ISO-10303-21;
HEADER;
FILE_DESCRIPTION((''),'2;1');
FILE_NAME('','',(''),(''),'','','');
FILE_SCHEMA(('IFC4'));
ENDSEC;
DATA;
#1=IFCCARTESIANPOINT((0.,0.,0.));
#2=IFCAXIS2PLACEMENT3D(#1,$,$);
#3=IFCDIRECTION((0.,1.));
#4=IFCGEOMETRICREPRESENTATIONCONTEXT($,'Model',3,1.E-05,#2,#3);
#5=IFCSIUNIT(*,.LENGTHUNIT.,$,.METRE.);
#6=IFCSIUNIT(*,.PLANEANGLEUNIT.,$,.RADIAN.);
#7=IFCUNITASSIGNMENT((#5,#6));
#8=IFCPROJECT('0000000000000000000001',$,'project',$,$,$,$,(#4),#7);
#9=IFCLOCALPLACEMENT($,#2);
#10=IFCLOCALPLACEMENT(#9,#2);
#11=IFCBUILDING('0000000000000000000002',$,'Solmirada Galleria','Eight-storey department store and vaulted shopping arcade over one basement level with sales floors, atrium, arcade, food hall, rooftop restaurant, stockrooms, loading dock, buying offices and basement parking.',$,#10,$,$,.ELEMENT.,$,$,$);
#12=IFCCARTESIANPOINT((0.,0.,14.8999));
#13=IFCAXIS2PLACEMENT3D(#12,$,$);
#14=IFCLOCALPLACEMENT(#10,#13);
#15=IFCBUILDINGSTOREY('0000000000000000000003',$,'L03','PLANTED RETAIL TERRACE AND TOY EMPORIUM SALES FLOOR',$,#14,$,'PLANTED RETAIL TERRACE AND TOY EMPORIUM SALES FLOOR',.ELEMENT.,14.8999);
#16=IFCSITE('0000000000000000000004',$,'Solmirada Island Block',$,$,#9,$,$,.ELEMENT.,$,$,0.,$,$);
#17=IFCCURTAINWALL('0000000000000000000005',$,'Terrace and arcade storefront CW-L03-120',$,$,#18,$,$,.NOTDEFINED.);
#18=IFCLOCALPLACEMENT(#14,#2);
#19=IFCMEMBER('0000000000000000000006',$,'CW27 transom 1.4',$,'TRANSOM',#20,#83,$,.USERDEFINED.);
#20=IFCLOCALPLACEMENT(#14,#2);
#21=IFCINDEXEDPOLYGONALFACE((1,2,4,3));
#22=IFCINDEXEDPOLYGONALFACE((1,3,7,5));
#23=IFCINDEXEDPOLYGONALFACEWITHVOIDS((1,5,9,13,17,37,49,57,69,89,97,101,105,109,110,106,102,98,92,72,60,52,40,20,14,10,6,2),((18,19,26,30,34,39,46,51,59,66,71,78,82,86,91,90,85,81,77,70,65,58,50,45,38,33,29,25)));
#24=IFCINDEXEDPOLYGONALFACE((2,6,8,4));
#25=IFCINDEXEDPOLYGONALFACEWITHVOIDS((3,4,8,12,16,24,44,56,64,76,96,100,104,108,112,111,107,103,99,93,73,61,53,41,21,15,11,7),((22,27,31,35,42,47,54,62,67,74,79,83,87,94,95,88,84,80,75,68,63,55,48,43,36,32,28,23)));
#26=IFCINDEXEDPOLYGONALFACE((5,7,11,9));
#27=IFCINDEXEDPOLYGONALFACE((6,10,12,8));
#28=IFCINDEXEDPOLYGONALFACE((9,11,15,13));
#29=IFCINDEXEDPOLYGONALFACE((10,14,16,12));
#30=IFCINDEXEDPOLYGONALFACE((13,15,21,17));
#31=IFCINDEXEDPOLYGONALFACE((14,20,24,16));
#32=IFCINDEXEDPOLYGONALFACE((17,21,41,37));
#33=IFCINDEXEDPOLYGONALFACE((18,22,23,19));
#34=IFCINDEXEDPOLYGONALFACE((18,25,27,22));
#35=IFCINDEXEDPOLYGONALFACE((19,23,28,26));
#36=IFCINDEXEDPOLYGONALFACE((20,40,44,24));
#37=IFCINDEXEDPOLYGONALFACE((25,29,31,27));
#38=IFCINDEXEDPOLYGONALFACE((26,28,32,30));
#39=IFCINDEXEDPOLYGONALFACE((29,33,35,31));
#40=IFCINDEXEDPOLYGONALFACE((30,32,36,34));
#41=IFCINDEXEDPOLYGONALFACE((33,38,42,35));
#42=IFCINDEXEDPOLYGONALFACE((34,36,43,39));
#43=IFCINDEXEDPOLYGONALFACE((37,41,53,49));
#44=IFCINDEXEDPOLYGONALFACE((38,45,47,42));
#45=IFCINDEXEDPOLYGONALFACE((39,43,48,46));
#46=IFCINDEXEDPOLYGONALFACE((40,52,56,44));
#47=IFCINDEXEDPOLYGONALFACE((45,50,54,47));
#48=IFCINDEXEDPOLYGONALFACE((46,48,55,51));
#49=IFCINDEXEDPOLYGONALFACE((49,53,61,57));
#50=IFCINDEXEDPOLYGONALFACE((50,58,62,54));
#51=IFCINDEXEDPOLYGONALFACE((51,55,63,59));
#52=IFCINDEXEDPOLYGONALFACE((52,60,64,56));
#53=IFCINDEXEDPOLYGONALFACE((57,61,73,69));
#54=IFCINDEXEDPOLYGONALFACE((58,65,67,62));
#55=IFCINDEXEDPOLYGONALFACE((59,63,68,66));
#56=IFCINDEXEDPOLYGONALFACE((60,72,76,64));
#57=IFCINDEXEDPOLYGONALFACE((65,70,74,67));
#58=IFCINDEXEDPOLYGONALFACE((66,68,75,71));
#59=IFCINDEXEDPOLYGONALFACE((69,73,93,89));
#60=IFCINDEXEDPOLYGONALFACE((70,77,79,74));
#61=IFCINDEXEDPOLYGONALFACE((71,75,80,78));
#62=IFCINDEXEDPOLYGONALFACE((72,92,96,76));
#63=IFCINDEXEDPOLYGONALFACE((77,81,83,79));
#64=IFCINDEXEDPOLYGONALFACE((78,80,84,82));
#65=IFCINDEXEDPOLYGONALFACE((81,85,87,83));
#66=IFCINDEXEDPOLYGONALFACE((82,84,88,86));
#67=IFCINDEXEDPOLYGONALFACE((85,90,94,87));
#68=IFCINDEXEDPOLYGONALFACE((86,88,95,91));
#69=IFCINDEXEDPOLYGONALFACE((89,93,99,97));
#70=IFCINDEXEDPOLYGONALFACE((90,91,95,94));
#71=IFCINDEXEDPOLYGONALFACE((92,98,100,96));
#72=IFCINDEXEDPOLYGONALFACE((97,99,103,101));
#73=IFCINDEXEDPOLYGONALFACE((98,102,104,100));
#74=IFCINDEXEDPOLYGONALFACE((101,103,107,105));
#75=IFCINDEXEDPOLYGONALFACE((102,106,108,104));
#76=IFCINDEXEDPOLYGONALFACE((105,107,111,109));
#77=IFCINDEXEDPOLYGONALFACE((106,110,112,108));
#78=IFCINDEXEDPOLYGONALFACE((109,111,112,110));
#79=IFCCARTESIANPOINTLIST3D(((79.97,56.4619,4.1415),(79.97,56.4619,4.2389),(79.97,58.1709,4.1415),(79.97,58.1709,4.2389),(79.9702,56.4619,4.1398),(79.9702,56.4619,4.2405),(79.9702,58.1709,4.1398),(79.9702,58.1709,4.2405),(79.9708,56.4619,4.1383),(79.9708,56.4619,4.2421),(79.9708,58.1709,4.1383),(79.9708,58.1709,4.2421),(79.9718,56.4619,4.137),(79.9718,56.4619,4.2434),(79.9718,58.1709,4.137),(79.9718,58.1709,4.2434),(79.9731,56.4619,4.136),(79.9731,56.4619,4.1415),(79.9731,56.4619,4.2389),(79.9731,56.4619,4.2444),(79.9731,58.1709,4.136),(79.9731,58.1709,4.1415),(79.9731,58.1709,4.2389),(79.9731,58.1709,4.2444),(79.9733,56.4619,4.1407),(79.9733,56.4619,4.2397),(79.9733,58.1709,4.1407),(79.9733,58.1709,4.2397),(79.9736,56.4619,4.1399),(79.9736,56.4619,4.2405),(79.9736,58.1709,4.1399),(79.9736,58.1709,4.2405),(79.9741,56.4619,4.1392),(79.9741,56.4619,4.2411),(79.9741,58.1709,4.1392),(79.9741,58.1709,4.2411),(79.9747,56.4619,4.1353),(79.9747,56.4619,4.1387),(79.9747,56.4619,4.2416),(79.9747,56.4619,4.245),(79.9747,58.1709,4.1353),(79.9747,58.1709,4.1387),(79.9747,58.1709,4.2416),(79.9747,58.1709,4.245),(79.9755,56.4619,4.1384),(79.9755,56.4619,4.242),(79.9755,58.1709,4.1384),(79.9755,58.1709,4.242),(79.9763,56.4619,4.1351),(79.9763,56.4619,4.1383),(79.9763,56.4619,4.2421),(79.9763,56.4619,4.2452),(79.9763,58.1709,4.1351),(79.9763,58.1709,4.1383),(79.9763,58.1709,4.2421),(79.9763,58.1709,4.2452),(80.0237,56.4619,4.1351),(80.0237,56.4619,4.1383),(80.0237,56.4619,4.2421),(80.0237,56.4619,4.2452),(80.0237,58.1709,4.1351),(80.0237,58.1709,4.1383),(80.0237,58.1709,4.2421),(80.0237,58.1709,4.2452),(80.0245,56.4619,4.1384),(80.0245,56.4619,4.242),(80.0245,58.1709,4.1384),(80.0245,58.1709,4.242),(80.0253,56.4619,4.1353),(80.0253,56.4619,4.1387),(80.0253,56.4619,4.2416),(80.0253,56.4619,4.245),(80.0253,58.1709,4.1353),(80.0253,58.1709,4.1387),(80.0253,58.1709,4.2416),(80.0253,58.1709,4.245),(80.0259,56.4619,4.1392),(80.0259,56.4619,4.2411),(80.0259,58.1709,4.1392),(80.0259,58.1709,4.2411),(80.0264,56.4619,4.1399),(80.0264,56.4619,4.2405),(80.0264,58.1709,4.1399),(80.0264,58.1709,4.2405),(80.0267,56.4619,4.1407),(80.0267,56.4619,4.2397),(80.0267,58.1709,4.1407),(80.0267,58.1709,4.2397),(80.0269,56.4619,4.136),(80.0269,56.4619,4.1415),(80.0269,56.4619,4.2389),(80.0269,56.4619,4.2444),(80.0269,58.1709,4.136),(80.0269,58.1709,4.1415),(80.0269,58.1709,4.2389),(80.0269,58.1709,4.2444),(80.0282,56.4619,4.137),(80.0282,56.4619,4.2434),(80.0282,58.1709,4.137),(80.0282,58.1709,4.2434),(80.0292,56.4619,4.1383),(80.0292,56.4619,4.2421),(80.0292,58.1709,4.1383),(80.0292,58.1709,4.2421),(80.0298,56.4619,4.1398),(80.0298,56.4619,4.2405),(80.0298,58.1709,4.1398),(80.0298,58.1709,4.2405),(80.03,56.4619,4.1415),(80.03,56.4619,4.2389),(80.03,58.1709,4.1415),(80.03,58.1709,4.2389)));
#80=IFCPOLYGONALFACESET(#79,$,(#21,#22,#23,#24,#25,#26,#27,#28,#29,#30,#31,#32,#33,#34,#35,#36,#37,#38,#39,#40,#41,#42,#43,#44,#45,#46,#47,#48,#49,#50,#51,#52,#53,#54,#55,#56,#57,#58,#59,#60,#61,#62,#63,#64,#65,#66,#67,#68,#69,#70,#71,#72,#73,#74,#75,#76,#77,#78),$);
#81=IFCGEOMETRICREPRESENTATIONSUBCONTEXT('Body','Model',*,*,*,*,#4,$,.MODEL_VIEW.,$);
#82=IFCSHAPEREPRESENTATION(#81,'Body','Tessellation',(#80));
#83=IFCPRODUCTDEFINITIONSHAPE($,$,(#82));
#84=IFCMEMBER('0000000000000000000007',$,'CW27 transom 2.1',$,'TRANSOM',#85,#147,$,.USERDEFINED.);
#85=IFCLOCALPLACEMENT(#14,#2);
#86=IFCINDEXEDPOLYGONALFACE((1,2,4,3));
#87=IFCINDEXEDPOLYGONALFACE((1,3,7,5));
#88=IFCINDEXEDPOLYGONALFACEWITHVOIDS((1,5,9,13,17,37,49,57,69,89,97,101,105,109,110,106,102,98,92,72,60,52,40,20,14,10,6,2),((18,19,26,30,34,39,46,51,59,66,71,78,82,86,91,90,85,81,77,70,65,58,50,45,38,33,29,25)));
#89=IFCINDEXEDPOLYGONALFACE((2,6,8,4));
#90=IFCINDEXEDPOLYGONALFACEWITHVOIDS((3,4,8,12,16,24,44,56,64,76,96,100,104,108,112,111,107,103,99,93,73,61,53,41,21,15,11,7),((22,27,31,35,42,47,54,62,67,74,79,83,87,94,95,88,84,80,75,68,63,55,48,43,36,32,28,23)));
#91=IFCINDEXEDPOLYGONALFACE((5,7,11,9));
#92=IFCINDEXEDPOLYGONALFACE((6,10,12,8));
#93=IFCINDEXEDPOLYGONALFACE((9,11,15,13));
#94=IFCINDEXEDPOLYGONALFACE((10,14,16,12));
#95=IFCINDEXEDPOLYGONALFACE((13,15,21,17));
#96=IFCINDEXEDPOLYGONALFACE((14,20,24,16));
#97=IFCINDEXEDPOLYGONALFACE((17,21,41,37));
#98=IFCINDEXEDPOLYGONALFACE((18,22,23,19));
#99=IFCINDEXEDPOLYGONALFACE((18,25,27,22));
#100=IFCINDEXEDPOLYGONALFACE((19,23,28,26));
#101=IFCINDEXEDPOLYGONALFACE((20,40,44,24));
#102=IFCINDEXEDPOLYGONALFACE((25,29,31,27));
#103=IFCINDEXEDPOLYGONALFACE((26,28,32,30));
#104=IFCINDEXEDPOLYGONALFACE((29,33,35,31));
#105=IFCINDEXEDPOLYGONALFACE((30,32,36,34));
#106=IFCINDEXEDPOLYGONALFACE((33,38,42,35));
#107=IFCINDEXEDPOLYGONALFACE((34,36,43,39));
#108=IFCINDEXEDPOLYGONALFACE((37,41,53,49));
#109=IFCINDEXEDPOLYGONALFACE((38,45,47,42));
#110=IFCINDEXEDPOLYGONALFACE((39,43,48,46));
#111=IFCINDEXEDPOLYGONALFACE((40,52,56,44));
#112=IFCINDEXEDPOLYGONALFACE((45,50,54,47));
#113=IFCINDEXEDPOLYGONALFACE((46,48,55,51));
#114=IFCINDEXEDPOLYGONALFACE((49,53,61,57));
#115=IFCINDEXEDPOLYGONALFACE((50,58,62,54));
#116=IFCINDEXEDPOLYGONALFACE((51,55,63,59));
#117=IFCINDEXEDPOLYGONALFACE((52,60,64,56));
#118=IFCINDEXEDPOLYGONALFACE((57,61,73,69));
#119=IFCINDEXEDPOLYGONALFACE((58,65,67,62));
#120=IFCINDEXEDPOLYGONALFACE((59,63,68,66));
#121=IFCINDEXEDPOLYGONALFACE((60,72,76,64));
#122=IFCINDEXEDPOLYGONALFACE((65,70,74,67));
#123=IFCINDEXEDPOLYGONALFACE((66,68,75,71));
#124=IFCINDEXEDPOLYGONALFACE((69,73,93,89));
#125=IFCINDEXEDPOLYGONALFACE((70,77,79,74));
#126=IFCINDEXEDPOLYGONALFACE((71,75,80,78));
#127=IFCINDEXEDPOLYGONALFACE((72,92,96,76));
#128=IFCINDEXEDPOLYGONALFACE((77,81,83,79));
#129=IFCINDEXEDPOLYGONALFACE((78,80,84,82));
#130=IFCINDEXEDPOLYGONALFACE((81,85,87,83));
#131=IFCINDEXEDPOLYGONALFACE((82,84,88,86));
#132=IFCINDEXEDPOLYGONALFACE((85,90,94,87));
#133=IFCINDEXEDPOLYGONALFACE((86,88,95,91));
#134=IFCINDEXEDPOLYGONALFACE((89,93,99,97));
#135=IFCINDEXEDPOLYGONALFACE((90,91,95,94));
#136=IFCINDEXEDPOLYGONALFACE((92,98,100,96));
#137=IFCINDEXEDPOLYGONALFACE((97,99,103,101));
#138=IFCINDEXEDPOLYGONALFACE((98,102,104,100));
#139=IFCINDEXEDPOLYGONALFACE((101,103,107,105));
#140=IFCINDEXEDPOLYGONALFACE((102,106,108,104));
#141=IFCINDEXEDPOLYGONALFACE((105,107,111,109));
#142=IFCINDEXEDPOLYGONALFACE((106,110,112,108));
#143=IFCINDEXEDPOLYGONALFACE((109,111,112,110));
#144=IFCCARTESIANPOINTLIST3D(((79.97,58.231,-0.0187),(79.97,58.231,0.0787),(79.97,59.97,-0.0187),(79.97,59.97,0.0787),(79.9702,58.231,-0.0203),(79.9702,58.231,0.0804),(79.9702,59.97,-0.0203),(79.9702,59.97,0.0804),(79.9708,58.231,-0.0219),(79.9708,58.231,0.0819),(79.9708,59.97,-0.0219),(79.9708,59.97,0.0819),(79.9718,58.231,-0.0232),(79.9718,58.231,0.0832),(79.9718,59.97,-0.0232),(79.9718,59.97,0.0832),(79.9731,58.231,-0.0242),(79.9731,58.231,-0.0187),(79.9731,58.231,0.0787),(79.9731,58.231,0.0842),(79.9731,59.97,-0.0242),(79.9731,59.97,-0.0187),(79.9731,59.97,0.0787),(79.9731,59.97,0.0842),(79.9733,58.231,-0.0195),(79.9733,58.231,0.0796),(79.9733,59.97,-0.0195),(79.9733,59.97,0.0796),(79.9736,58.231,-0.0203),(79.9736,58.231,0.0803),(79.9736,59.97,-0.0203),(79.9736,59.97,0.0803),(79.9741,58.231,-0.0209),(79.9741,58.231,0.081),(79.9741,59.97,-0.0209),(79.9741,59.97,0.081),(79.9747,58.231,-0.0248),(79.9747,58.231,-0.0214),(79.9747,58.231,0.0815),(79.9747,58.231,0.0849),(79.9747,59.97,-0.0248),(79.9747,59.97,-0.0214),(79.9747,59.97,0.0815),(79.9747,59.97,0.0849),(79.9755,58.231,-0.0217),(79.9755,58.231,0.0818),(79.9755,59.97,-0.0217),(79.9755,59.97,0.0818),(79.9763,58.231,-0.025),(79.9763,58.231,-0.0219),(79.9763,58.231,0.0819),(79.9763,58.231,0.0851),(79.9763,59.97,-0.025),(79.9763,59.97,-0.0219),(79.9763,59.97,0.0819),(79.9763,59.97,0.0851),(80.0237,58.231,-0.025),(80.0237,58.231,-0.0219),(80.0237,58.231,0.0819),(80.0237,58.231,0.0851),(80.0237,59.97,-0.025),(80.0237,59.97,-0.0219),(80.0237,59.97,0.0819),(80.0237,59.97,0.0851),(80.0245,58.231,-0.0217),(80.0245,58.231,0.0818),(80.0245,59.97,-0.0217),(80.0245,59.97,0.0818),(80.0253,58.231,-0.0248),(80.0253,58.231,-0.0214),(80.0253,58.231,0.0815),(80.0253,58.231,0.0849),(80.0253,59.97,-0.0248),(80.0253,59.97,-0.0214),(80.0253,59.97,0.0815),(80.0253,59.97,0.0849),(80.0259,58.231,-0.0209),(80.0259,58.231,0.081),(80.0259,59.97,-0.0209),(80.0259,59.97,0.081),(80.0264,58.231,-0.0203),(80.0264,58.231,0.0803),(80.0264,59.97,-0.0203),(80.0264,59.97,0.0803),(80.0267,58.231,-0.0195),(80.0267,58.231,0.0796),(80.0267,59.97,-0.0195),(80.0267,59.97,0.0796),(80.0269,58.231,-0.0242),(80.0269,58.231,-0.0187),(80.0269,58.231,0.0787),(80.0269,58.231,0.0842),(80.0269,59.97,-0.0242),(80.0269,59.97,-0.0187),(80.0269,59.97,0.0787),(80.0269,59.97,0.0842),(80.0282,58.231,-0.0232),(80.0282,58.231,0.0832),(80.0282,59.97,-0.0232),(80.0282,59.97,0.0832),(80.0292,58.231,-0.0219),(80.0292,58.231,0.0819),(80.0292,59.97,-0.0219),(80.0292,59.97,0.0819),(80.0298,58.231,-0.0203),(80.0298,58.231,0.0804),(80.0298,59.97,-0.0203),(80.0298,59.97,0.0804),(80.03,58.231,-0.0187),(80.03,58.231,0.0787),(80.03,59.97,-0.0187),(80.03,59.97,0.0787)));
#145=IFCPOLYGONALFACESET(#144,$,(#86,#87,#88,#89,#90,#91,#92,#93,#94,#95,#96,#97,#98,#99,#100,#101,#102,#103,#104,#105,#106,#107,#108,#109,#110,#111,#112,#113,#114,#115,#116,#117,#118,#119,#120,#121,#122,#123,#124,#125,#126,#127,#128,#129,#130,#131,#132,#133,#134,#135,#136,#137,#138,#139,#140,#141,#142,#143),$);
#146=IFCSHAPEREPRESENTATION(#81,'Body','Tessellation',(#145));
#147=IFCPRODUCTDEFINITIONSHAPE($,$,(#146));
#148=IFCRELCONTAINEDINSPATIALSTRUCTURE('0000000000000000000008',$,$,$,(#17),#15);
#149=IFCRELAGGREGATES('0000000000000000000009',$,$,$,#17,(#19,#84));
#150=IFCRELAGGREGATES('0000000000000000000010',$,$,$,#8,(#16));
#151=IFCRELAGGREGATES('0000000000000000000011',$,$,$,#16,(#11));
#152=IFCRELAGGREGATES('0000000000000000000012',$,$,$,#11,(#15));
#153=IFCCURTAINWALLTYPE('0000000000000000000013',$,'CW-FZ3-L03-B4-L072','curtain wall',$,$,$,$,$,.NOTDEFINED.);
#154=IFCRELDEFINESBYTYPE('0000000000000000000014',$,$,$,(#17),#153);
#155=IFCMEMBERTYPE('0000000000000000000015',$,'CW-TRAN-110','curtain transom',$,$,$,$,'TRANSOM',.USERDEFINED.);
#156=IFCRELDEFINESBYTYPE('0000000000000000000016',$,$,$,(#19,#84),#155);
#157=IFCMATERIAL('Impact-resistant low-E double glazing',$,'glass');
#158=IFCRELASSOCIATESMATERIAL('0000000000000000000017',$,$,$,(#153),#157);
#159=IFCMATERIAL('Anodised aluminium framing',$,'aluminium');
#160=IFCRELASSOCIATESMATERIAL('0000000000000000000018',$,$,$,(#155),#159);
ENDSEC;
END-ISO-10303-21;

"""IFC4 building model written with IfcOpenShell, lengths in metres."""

from ifc_helpers import new_model, si_unit, direction, frame, origin, origin_2d, place, context, subcontext, project, spatial, hollow_rectangle, extrude, material, material_profile, profile_set, type_object, element, aggregate, save


model = new_model("IFC4")

# Units and contexts
model_context = context("Model", 3, precision=1e-05, world=origin(), true_north=direction((0.0, 1.0)))
body_context = subcontext(model_context, "Body", "Model", "MODEL_VIEW")
ifc_project = project(units=[si_unit("LENGTHUNIT", "METRE"), si_unit("PLANEANGLEUNIT", "RADIAN")], contexts=[model_context])

# Site, building, storey
site_placement = place(None, origin())
site = spatial("IfcSite", under=ifc_project, at=site_placement, Name="Solmirada Island Block", CompositionType="ELEMENT", RefElevation=0.0)
building_placement = place(site_placement, origin())
building = spatial("IfcBuilding", under=site, at=building_placement, Name="Solmirada Galleria", Description="Eight-storey department store and vaulted shopping arcade over one basement level with sales floors, atrium, arcade, food hall, rooftop restaurant, stockrooms, loading dock, buying offices and basement parking.", CompositionType="ELEMENT")
storey_placement = place(building_placement, frame((0.0, 0.0, 14.8999)))
storey = spatial("IfcBuildingStorey", under=building, at=storey_placement, Name="L03", Description="PLANTED RETAIL TERRACE AND TOY EMPORIUM SALES FLOOR", LongName="PLANTED RETAIL TERRACE AND TOY EMPORIUM SALES FLOOR", CompositionType="ELEMENT", Elevation=14.8999)

# Shared definitions
ifc_material_1 = material(Name="Impact-resistant low-E double glazing", Category="glass")
curtain_wall_type_1 = type_object("IfcCurtainWallType", Name="CW-FZ3-L03-B4-L072", Description="curtain wall", PredefinedType="NOTDEFINED", material=ifc_material_1)
ifc_material_2 = material(Name="Anodised aluminium framing", Category="aluminium")

# Curtain wall
curtain_wall_1_placement = place(storey_placement, origin())
curtain_wall_1 = element("IfcCurtainWall", 1, at=curtain_wall_1_placement, inside=storey, type_object=curtain_wall_type_1, Name="Terrace and arcade storefront CW-L03-120", PredefinedType="NOTDEFINED")

# Members
ifc_material_profile_1 = material_profile(ifc_material_2, hollow_rectangle(XDim=0.0601, YDim=0.1101, WallThickness=0.0032, InnerFilletRadius=0.0032, OuterFilletRadius=0.0063, at=origin_2d()), Name="ALU-TRAN-110X60")
ifc_profile_set_1 = profile_set([ifc_material_profile_1], Name="Anodised aluminium framing")
member_type_1 = type_object("IfcMemberType", Name="CW-TRAN-110", Description="curtain transom", ElementType="TRANSOM", PredefinedType="USERDEFINED", material=ifc_profile_set_1)
member_1_placement = place(storey_placement, frame((80.0, 56.4619, 4.1902), z_axis=(0.0, 1.0, 0.0), x_axis=(-1.0, 0.0, 0.0)))
member_1 = element("IfcMember", 2, at=member_1_placement, type_object=member_type_1, Name="CW27 transom 1.4", ObjectType="TRANSOM", PredefinedType="USERDEFINED", context=body_context, shape_type="SweptSolid", body=[
    extrude(hollow_rectangle(XDim=0.0601, YDim=0.1101, WallThickness=0.0032, InnerFilletRadius=0.0032, OuterFilletRadius=0.0063, at=origin_2d()), origin(), (0.0, 0.0, 1.0), 1.709),
])
member_2_placement = place(storey_placement, frame((80.0, 58.231, 0.03), z_axis=(0.0, 1.0, 0.0), x_axis=(-1.0, 0.0, 0.0)))
member_2 = element("IfcMember", 3, at=member_2_placement, type_object=member_type_1, Name="CW27 transom 2.1", ObjectType="TRANSOM", PredefinedType="USERDEFINED", context=body_context, shape_type="SweptSolid", body=[
    extrude(hollow_rectangle(XDim=0.0601, YDim=0.1101, WallThickness=0.0032, InnerFilletRadius=0.0032, OuterFilletRadius=0.0063, at=origin_2d()), origin(), (0.0, 0.0, 1.0), 1.739),
])

aggregate(curtain_wall_1, [member_1, member_2])

save(model, "model.ifc")
